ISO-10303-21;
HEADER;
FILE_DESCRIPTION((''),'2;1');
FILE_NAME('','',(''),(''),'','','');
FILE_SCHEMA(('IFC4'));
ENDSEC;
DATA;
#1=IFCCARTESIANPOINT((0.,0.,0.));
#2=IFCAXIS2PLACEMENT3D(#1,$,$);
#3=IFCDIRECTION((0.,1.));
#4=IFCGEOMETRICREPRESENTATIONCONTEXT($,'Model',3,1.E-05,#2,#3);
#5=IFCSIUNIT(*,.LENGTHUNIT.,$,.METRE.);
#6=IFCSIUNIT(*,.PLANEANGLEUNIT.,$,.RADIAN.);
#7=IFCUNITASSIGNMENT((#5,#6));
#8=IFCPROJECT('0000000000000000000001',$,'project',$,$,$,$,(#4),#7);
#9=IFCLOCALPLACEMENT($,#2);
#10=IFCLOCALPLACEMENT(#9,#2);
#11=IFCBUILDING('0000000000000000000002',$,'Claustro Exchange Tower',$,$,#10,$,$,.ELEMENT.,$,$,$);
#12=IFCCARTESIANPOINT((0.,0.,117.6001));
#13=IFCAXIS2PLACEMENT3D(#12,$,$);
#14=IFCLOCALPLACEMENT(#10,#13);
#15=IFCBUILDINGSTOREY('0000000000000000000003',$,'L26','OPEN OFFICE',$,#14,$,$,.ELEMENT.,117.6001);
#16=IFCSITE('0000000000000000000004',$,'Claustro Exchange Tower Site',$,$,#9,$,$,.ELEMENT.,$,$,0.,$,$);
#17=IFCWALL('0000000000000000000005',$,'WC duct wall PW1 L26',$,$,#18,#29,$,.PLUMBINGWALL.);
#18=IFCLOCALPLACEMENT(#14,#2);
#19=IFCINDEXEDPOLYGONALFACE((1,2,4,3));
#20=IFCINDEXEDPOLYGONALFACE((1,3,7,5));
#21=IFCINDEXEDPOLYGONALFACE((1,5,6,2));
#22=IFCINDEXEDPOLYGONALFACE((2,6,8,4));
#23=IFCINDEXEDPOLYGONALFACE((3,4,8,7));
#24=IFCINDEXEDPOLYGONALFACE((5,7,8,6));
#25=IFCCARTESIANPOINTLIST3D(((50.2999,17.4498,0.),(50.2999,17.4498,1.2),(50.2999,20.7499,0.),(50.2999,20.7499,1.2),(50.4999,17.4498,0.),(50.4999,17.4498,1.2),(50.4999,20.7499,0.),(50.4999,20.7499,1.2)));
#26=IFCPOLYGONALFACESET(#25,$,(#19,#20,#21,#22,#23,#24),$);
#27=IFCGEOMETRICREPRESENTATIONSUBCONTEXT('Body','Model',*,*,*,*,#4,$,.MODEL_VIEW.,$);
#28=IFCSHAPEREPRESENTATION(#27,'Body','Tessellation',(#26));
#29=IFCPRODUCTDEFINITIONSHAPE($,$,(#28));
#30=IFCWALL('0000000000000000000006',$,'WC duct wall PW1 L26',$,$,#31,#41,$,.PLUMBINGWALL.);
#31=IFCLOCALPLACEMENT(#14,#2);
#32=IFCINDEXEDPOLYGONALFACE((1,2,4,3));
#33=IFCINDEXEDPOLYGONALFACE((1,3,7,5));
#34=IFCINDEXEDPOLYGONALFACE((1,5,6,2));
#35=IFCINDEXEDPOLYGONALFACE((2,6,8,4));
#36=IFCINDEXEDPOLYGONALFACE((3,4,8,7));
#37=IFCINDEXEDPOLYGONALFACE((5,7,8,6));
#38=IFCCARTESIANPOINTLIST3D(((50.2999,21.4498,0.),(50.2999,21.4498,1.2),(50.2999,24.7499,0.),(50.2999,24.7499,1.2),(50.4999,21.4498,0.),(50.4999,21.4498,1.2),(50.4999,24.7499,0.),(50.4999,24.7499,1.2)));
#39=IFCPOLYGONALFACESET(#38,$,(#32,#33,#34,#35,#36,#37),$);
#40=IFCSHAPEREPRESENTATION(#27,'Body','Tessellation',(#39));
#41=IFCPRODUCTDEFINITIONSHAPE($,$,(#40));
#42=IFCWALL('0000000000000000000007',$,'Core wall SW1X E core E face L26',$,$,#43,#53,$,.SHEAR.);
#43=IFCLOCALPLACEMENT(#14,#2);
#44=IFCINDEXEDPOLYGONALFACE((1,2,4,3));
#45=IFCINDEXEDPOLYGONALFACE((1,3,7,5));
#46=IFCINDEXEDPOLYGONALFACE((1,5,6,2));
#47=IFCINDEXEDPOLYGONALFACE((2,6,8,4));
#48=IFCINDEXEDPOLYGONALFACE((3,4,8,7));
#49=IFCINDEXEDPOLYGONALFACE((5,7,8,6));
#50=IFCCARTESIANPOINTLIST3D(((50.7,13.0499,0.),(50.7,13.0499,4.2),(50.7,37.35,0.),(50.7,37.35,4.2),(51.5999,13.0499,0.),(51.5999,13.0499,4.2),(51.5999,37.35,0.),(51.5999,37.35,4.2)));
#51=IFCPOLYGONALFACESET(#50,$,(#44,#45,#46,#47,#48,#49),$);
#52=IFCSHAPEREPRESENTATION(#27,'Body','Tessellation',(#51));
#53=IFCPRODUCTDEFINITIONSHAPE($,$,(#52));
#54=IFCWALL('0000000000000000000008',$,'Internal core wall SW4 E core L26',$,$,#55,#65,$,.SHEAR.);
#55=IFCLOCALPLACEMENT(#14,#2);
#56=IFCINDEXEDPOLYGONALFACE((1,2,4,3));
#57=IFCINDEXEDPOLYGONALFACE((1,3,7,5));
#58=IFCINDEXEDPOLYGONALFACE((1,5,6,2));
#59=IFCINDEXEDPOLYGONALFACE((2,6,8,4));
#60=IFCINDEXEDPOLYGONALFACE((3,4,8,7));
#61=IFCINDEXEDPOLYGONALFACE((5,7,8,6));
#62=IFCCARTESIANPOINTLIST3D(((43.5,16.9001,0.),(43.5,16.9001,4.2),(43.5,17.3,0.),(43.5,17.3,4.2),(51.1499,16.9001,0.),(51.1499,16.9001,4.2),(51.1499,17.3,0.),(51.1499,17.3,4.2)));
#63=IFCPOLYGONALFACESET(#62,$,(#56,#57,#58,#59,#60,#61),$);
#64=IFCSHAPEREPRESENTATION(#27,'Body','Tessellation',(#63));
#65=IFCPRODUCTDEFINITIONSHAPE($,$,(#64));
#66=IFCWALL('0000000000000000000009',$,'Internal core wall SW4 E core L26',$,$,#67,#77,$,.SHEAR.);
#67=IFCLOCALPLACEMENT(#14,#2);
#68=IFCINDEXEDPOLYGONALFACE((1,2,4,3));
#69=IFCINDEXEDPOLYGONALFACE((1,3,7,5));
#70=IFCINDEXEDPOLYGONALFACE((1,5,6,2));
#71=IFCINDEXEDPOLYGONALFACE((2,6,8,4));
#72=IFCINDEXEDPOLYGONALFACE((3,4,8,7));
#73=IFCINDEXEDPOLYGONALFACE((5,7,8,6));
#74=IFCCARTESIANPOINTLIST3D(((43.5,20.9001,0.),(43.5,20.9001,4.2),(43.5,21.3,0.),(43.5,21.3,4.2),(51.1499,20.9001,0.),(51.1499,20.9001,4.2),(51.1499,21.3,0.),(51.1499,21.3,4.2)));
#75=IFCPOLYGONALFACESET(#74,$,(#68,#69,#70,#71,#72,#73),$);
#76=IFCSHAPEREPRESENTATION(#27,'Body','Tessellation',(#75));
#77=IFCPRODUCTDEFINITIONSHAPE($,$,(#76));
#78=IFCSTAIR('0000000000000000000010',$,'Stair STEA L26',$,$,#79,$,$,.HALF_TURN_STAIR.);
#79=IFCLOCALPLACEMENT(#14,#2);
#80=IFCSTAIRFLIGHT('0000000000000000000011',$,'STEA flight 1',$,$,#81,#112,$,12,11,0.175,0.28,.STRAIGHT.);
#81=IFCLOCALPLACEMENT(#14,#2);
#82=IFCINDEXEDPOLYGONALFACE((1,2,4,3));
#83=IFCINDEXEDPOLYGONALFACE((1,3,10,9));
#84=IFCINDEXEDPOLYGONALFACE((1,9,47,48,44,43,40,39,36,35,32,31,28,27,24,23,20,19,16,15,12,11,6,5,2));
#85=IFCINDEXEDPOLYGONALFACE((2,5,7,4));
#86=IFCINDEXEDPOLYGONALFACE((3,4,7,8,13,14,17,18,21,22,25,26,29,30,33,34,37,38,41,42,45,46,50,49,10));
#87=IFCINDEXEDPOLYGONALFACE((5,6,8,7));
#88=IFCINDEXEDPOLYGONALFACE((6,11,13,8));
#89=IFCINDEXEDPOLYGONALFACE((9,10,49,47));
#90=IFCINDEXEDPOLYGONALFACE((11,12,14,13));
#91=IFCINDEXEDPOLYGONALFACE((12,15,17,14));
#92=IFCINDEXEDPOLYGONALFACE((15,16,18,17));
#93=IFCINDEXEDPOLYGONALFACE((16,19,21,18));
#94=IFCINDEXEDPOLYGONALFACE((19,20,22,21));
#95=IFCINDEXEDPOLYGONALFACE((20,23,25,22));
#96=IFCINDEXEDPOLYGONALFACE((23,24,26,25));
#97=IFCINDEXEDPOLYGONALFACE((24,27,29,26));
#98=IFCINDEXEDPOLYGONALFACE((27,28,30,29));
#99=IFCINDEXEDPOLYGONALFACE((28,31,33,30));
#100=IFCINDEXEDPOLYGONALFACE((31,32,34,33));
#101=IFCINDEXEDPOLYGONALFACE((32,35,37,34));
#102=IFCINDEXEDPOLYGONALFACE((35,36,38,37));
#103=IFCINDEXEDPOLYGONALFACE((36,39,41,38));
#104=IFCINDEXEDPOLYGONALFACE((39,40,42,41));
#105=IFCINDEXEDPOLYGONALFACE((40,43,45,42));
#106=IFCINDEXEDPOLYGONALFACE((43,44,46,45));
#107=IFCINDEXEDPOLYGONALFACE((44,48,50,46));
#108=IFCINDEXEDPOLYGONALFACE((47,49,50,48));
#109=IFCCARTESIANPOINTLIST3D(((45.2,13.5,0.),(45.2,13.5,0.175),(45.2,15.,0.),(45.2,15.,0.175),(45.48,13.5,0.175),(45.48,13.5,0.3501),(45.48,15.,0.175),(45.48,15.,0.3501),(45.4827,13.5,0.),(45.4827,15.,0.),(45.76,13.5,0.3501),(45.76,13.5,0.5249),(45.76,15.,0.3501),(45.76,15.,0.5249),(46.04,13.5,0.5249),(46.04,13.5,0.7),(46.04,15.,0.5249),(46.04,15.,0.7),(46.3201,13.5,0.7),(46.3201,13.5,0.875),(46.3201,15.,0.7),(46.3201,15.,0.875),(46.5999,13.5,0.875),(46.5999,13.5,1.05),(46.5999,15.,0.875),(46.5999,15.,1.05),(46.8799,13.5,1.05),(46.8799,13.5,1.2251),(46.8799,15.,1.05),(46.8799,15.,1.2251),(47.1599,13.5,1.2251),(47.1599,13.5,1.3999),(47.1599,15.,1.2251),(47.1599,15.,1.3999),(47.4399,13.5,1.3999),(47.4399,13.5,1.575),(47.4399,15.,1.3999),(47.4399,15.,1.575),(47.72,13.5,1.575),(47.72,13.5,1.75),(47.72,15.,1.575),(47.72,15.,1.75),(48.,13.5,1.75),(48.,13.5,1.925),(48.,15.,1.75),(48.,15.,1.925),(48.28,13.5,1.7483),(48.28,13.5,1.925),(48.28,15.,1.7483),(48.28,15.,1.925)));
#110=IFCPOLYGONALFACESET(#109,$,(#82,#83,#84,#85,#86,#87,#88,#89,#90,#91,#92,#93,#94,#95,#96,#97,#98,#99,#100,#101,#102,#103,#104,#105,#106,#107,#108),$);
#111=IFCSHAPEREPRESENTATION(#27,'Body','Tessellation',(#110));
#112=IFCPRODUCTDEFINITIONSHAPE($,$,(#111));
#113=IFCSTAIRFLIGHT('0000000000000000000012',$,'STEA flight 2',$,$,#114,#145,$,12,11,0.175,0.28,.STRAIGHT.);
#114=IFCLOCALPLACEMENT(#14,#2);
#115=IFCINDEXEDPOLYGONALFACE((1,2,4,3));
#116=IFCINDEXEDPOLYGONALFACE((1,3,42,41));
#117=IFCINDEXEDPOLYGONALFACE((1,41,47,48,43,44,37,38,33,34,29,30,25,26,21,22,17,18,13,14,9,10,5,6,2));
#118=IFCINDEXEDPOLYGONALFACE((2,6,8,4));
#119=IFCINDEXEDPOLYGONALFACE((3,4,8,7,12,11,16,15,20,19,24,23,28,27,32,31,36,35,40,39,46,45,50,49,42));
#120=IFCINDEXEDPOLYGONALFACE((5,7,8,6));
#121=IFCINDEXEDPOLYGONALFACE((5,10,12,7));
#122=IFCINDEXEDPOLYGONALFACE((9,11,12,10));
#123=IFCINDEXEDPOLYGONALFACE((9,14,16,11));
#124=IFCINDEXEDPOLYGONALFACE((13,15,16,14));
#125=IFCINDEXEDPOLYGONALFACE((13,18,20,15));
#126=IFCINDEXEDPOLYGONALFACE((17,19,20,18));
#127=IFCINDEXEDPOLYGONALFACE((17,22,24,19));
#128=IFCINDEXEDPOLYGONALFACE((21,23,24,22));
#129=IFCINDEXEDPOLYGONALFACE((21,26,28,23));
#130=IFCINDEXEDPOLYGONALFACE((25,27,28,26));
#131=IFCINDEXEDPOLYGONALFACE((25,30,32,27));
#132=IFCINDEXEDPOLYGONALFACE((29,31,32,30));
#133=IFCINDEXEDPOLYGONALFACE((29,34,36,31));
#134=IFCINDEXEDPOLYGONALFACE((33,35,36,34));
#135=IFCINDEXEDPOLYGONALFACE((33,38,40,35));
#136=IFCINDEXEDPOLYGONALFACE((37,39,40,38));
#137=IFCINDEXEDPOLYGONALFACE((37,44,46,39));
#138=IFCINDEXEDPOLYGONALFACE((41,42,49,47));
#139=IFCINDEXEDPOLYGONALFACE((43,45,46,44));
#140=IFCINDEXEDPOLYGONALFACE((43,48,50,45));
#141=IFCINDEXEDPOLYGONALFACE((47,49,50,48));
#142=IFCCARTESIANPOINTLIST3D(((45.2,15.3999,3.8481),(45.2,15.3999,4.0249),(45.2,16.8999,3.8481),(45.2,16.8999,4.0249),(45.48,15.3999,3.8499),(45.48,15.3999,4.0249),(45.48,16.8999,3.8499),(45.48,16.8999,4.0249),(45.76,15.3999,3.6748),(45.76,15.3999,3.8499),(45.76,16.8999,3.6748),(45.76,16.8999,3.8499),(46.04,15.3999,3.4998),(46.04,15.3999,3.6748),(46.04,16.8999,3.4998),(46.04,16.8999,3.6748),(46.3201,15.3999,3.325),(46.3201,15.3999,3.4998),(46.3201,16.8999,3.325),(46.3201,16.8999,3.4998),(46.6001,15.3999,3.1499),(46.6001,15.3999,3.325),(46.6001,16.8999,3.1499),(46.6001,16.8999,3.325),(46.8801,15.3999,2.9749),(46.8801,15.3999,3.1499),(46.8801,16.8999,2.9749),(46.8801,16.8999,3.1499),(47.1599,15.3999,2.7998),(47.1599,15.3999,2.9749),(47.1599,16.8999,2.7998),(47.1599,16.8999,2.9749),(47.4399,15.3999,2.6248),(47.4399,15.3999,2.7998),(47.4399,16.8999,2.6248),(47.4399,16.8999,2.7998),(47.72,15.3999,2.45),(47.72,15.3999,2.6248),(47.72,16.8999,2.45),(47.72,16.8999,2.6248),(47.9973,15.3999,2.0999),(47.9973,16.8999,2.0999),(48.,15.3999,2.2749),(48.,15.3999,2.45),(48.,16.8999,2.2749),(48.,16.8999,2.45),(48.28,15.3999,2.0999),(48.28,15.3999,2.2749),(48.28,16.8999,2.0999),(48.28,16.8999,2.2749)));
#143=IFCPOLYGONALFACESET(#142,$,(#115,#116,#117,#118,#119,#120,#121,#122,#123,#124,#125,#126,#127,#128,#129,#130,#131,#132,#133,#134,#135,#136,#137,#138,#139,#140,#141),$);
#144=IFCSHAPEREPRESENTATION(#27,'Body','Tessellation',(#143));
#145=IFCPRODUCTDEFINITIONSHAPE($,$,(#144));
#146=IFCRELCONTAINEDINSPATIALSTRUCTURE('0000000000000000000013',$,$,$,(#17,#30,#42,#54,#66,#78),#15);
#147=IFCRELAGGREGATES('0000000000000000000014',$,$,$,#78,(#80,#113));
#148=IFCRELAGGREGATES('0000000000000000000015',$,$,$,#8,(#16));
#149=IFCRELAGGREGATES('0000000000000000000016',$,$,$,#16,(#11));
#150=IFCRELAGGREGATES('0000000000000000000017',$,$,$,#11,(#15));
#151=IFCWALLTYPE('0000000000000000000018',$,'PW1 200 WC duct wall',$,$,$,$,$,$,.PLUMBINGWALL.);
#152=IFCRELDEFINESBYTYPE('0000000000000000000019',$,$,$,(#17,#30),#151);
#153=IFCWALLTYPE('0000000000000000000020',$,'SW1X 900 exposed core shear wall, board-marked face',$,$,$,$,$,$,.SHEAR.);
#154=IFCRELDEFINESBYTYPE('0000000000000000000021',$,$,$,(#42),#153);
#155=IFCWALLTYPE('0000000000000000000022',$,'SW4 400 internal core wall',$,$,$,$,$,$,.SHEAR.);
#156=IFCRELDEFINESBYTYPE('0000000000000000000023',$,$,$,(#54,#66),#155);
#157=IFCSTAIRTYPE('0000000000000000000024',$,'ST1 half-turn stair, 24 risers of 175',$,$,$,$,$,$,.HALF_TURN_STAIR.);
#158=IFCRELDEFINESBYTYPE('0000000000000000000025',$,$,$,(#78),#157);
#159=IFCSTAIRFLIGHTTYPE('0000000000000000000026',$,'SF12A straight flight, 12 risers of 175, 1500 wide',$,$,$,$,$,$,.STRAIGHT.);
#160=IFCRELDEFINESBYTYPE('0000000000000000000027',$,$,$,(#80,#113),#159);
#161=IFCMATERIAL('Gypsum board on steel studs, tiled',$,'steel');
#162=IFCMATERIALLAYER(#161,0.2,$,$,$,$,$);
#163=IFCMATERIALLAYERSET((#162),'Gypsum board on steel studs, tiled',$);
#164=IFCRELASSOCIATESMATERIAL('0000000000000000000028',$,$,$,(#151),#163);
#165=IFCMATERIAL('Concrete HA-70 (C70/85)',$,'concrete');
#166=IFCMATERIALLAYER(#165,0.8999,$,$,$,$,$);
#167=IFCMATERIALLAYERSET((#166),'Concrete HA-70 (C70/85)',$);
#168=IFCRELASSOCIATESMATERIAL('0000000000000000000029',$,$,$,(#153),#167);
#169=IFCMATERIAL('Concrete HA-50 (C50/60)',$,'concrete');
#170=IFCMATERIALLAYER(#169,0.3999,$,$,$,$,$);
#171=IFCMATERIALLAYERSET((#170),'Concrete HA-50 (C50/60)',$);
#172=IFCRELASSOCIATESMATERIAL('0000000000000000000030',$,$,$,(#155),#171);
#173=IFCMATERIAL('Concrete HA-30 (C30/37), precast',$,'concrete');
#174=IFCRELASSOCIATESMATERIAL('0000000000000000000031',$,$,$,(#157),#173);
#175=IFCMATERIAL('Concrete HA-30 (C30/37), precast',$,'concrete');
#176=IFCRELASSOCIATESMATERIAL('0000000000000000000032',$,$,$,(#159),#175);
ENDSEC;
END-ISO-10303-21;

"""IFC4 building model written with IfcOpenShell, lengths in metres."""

from ifc_helpers import new_model, si_unit, direction, frame, frame_2d, origin, place, context, subcontext, project, spatial, polyline, rectangle, outline, extrude, material, layer, layer_set, type_object, element, aggregate, save


model = new_model("IFC4")

# Units and contexts
model_context = context("Model", 3, precision=1e-05, world=origin(), true_north=direction((0.0, 1.0)))
body_context = subcontext(model_context, "Body", "Model", "MODEL_VIEW")
ifc_project = project(units=[si_unit("LENGTHUNIT", "METRE"), si_unit("PLANEANGLEUNIT", "RADIAN")], contexts=[model_context])

# Site, building, storey
site_placement = place(None, origin())
site = spatial("IfcSite", under=ifc_project, at=site_placement, Name="Claustro Exchange Tower Site", CompositionType="ELEMENT", RefElevation=0.0)
building_placement = place(site_placement, origin())
building = spatial("IfcBuilding", under=site, at=building_placement, Name="Claustro Exchange Tower", CompositionType="ELEMENT")
storey_placement = place(building_placement, frame((0.0, 0.0, 117.6001)))
storey = spatial("IfcBuildingStorey", under=building, at=storey_placement, Name="L26", Description="OPEN OFFICE", CompositionType="ELEMENT", Elevation=117.6001)

# Walls
ifc_material_1 = material(Name="Gypsum board on steel studs, tiled", Category="steel")
ifc_layer_1 = layer(ifc_material_1, 0.2)
ifc_layer_set_1 = layer_set([ifc_layer_1], Name="Gypsum board on steel studs, tiled")
wall_type_1 = type_object("IfcWallType", Name="PW1 200 WC duct wall", PredefinedType="PLUMBINGWALL", material=ifc_layer_set_1)
for number, where, z_axis, x_axis, name in (
    (1, (50.3999, 17.45, 0.0), (0.0, 0.0, 1.0), (0.0, 1.0, 0.0), "WC duct wall PW1 L26"),
    (2, (50.3999, 21.45, 0.0), (0.0, 0.0, 1.0), (0.0, 1.0, 0.0), "WC duct wall PW1 L26"),
):
    element("IfcWall", number, at=place(storey_placement, frame(where, z_axis=z_axis, x_axis=x_axis)), inside=storey, type_object=wall_type_1, Name=name, PredefinedType="PLUMBINGWALL", context=body_context, shape_type="SweptSolid", body=[
        extrude(rectangle(XDim=3.3, YDim=0.2, at=frame_2d((1.6499, 0.0))), origin(), (0.0, 0.0, 1.0), 1.2),
    ])
ifc_material_2 = material(Name="Concrete HA-70 (C70/85)", Category="concrete")
ifc_layer_2 = layer(ifc_material_2, 0.8999)
ifc_layer_set_2 = layer_set([ifc_layer_2], Name="Concrete HA-70 (C70/85)")
wall_type_2 = type_object("IfcWallType", Name="SW1X 900 exposed core shear wall, board-marked face", PredefinedType="SHEAR", material=ifc_layer_set_2)
wall_placement = place(storey_placement, frame((51.1499, 13.05, 0.0), z_axis=(0.0, 0.0, 1.0), x_axis=(0.0, 1.0, 0.0)))
element("IfcWall", 3, at=wall_placement, inside=storey, type_object=wall_type_2, Name="Core wall SW1X E core E face L26", PredefinedType="SHEAR", context=body_context, shape_type="SweptSolid", body=[
    extrude(rectangle(XDim=24.3, YDim=0.8999, at=frame_2d((12.1499, 0.0))), origin(), (0.0, 0.0, 1.0), 4.2),
])
ifc_material_3 = material(Name="Concrete HA-50 (C50/60)", Category="concrete")
ifc_layer_3 = layer(ifc_material_3, 0.3999)
ifc_layer_set_3 = layer_set([ifc_layer_3], Name="Concrete HA-50 (C50/60)")
wall_type_3 = type_object("IfcWallType", Name="SW4 400 internal core wall", PredefinedType="SHEAR", material=ifc_layer_set_3)
for number, where, z_axis, x_axis, name in (
    (4, (51.1499, 17.1001, 0.0), (0.0, 0.0, 1.0), (-1.0, 0.0, 0.0), "Internal core wall SW4 E core L26"),
    (5, (51.1499, 21.1001, 0.0), (0.0, 0.0, 1.0), (-1.0, 0.0, 0.0), "Internal core wall SW4 E core L26"),
):
    element("IfcWall", number, at=place(storey_placement, frame(where, z_axis=z_axis, x_axis=x_axis)), inside=storey, type_object=wall_type_3, Name=name, PredefinedType="SHEAR", context=body_context, shape_type="SweptSolid", body=[
        extrude(rectangle(XDim=7.6499, YDim=0.3999, at=frame_2d((3.825, 0.0))), origin(), (0.0, 0.0, 1.0), 4.2),
    ])

# Stair, stair flights
ifc_material_4 = material(Name="Concrete HA-30 (C30/37), precast", Category="concrete")
stair_type = type_object("IfcStairType", Name="ST1 half-turn stair, 24 risers of 175", PredefinedType="HALF_TURN_STAIR", material=ifc_material_4)
stair_placement = place(storey_placement, origin())
stair = element("IfcStair", 6, at=stair_placement, inside=storey, type_object=stair_type, Name="Stair STEA L26", PredefinedType="HALF_TURN_STAIR")
ifc_material_5 = material(Name="Concrete HA-30 (C30/37), precast", Category="concrete")
stair_flight_type = type_object("IfcStairFlightType", Name="SF12A straight flight, 12 risers of 175, 1500 wide", PredefinedType="STRAIGHT", material=ifc_material_5)
stair_flight_1_placement = place(storey_placement, frame((45.2, 14.25, 0.0), z_axis=(0.0, 0.0, 1.0), x_axis=(1.0, 0.0, 0.0)))
stair_flight_1 = element("IfcStairFlight", 7, at=stair_flight_1_placement, type_object=stair_flight_type, Name="STEA flight 1", NumberOfRisers=12, NumberOfTreads=11, PredefinedType="STRAIGHT", RiserHeight=0.175, TreadLength=0.28, context=body_context, shape_type="SweptSolid", body=[
    extrude(outline(polyline([(0.0, 0.0), (0.0, 0.175), (0.28, 0.175), (0.28, 0.3501), (0.5601, 0.3501), (0.5601, 0.5249), (0.8401, 0.5249), (0.8401, 0.7), (1.1201, 0.7), (1.1201, 0.875), (1.3999, 0.875), (1.3999, 1.05), (1.6799, 1.05), (1.6799, 1.2251), (1.96, 1.2251), (1.96, 1.3999), (2.24, 1.3999), (2.24, 1.575), (2.52, 1.575), (2.52, 1.75), (2.8, 1.75), (2.8, 1.925), (3.0801, 1.925), (3.0801, 2.1001), (3.0801, 1.7483), (0.2827, 0.0), (0.0, 0.0)])), frame((0.0, 0.75, 0.0), z_axis=(0.0, -1.0, 0.0), x_axis=(1.0, 0.0, 0.0)), (0.0, 0.0, 1.0), 1.5),
])
stair_flight_2_placement = place(storey_placement, frame((48.28, 16.1499, 2.0999), z_axis=(0.0, 0.0, 1.0), x_axis=(-1.0, 0.0, 0.0)))
stair_flight_2 = element("IfcStairFlight", 8, at=stair_flight_2_placement, type_object=stair_flight_type, Name="STEA flight 2", NumberOfRisers=12, NumberOfTreads=11, PredefinedType="STRAIGHT", RiserHeight=0.175, TreadLength=0.28, context=body_context, shape_type="SweptSolid", body=[
    extrude(outline(polyline([(0.0, 0.0), (0.0, 0.175), (0.28, 0.175), (0.28, 0.3501), (0.5601, 0.3501), (0.5601, 0.5249), (0.8401, 0.5249), (0.8401, 0.7), (1.1201, 0.7), (1.1201, 0.875), (1.3999, 0.875), (1.3999, 1.05), (1.6799, 1.05), (1.6799, 1.2251), (1.96, 1.2251), (1.96, 1.3999), (2.24, 1.3999), (2.24, 1.575), (2.52, 1.575), (2.52, 1.75), (2.8, 1.75), (2.8, 1.925), (3.0801, 1.925), (3.0801, 2.1001), (3.0801, 1.7483), (0.2827, 0.0), (0.0, 0.0)])), frame((0.0, 0.75, 0.0), z_axis=(0.0, -1.0, 0.0), x_axis=(1.0, 0.0, 0.0)), (0.0, 0.0, 1.0), 1.5),
])
aggregate(stair, [stair_flight_1, stair_flight_2])

save(model, "model.ifc")
